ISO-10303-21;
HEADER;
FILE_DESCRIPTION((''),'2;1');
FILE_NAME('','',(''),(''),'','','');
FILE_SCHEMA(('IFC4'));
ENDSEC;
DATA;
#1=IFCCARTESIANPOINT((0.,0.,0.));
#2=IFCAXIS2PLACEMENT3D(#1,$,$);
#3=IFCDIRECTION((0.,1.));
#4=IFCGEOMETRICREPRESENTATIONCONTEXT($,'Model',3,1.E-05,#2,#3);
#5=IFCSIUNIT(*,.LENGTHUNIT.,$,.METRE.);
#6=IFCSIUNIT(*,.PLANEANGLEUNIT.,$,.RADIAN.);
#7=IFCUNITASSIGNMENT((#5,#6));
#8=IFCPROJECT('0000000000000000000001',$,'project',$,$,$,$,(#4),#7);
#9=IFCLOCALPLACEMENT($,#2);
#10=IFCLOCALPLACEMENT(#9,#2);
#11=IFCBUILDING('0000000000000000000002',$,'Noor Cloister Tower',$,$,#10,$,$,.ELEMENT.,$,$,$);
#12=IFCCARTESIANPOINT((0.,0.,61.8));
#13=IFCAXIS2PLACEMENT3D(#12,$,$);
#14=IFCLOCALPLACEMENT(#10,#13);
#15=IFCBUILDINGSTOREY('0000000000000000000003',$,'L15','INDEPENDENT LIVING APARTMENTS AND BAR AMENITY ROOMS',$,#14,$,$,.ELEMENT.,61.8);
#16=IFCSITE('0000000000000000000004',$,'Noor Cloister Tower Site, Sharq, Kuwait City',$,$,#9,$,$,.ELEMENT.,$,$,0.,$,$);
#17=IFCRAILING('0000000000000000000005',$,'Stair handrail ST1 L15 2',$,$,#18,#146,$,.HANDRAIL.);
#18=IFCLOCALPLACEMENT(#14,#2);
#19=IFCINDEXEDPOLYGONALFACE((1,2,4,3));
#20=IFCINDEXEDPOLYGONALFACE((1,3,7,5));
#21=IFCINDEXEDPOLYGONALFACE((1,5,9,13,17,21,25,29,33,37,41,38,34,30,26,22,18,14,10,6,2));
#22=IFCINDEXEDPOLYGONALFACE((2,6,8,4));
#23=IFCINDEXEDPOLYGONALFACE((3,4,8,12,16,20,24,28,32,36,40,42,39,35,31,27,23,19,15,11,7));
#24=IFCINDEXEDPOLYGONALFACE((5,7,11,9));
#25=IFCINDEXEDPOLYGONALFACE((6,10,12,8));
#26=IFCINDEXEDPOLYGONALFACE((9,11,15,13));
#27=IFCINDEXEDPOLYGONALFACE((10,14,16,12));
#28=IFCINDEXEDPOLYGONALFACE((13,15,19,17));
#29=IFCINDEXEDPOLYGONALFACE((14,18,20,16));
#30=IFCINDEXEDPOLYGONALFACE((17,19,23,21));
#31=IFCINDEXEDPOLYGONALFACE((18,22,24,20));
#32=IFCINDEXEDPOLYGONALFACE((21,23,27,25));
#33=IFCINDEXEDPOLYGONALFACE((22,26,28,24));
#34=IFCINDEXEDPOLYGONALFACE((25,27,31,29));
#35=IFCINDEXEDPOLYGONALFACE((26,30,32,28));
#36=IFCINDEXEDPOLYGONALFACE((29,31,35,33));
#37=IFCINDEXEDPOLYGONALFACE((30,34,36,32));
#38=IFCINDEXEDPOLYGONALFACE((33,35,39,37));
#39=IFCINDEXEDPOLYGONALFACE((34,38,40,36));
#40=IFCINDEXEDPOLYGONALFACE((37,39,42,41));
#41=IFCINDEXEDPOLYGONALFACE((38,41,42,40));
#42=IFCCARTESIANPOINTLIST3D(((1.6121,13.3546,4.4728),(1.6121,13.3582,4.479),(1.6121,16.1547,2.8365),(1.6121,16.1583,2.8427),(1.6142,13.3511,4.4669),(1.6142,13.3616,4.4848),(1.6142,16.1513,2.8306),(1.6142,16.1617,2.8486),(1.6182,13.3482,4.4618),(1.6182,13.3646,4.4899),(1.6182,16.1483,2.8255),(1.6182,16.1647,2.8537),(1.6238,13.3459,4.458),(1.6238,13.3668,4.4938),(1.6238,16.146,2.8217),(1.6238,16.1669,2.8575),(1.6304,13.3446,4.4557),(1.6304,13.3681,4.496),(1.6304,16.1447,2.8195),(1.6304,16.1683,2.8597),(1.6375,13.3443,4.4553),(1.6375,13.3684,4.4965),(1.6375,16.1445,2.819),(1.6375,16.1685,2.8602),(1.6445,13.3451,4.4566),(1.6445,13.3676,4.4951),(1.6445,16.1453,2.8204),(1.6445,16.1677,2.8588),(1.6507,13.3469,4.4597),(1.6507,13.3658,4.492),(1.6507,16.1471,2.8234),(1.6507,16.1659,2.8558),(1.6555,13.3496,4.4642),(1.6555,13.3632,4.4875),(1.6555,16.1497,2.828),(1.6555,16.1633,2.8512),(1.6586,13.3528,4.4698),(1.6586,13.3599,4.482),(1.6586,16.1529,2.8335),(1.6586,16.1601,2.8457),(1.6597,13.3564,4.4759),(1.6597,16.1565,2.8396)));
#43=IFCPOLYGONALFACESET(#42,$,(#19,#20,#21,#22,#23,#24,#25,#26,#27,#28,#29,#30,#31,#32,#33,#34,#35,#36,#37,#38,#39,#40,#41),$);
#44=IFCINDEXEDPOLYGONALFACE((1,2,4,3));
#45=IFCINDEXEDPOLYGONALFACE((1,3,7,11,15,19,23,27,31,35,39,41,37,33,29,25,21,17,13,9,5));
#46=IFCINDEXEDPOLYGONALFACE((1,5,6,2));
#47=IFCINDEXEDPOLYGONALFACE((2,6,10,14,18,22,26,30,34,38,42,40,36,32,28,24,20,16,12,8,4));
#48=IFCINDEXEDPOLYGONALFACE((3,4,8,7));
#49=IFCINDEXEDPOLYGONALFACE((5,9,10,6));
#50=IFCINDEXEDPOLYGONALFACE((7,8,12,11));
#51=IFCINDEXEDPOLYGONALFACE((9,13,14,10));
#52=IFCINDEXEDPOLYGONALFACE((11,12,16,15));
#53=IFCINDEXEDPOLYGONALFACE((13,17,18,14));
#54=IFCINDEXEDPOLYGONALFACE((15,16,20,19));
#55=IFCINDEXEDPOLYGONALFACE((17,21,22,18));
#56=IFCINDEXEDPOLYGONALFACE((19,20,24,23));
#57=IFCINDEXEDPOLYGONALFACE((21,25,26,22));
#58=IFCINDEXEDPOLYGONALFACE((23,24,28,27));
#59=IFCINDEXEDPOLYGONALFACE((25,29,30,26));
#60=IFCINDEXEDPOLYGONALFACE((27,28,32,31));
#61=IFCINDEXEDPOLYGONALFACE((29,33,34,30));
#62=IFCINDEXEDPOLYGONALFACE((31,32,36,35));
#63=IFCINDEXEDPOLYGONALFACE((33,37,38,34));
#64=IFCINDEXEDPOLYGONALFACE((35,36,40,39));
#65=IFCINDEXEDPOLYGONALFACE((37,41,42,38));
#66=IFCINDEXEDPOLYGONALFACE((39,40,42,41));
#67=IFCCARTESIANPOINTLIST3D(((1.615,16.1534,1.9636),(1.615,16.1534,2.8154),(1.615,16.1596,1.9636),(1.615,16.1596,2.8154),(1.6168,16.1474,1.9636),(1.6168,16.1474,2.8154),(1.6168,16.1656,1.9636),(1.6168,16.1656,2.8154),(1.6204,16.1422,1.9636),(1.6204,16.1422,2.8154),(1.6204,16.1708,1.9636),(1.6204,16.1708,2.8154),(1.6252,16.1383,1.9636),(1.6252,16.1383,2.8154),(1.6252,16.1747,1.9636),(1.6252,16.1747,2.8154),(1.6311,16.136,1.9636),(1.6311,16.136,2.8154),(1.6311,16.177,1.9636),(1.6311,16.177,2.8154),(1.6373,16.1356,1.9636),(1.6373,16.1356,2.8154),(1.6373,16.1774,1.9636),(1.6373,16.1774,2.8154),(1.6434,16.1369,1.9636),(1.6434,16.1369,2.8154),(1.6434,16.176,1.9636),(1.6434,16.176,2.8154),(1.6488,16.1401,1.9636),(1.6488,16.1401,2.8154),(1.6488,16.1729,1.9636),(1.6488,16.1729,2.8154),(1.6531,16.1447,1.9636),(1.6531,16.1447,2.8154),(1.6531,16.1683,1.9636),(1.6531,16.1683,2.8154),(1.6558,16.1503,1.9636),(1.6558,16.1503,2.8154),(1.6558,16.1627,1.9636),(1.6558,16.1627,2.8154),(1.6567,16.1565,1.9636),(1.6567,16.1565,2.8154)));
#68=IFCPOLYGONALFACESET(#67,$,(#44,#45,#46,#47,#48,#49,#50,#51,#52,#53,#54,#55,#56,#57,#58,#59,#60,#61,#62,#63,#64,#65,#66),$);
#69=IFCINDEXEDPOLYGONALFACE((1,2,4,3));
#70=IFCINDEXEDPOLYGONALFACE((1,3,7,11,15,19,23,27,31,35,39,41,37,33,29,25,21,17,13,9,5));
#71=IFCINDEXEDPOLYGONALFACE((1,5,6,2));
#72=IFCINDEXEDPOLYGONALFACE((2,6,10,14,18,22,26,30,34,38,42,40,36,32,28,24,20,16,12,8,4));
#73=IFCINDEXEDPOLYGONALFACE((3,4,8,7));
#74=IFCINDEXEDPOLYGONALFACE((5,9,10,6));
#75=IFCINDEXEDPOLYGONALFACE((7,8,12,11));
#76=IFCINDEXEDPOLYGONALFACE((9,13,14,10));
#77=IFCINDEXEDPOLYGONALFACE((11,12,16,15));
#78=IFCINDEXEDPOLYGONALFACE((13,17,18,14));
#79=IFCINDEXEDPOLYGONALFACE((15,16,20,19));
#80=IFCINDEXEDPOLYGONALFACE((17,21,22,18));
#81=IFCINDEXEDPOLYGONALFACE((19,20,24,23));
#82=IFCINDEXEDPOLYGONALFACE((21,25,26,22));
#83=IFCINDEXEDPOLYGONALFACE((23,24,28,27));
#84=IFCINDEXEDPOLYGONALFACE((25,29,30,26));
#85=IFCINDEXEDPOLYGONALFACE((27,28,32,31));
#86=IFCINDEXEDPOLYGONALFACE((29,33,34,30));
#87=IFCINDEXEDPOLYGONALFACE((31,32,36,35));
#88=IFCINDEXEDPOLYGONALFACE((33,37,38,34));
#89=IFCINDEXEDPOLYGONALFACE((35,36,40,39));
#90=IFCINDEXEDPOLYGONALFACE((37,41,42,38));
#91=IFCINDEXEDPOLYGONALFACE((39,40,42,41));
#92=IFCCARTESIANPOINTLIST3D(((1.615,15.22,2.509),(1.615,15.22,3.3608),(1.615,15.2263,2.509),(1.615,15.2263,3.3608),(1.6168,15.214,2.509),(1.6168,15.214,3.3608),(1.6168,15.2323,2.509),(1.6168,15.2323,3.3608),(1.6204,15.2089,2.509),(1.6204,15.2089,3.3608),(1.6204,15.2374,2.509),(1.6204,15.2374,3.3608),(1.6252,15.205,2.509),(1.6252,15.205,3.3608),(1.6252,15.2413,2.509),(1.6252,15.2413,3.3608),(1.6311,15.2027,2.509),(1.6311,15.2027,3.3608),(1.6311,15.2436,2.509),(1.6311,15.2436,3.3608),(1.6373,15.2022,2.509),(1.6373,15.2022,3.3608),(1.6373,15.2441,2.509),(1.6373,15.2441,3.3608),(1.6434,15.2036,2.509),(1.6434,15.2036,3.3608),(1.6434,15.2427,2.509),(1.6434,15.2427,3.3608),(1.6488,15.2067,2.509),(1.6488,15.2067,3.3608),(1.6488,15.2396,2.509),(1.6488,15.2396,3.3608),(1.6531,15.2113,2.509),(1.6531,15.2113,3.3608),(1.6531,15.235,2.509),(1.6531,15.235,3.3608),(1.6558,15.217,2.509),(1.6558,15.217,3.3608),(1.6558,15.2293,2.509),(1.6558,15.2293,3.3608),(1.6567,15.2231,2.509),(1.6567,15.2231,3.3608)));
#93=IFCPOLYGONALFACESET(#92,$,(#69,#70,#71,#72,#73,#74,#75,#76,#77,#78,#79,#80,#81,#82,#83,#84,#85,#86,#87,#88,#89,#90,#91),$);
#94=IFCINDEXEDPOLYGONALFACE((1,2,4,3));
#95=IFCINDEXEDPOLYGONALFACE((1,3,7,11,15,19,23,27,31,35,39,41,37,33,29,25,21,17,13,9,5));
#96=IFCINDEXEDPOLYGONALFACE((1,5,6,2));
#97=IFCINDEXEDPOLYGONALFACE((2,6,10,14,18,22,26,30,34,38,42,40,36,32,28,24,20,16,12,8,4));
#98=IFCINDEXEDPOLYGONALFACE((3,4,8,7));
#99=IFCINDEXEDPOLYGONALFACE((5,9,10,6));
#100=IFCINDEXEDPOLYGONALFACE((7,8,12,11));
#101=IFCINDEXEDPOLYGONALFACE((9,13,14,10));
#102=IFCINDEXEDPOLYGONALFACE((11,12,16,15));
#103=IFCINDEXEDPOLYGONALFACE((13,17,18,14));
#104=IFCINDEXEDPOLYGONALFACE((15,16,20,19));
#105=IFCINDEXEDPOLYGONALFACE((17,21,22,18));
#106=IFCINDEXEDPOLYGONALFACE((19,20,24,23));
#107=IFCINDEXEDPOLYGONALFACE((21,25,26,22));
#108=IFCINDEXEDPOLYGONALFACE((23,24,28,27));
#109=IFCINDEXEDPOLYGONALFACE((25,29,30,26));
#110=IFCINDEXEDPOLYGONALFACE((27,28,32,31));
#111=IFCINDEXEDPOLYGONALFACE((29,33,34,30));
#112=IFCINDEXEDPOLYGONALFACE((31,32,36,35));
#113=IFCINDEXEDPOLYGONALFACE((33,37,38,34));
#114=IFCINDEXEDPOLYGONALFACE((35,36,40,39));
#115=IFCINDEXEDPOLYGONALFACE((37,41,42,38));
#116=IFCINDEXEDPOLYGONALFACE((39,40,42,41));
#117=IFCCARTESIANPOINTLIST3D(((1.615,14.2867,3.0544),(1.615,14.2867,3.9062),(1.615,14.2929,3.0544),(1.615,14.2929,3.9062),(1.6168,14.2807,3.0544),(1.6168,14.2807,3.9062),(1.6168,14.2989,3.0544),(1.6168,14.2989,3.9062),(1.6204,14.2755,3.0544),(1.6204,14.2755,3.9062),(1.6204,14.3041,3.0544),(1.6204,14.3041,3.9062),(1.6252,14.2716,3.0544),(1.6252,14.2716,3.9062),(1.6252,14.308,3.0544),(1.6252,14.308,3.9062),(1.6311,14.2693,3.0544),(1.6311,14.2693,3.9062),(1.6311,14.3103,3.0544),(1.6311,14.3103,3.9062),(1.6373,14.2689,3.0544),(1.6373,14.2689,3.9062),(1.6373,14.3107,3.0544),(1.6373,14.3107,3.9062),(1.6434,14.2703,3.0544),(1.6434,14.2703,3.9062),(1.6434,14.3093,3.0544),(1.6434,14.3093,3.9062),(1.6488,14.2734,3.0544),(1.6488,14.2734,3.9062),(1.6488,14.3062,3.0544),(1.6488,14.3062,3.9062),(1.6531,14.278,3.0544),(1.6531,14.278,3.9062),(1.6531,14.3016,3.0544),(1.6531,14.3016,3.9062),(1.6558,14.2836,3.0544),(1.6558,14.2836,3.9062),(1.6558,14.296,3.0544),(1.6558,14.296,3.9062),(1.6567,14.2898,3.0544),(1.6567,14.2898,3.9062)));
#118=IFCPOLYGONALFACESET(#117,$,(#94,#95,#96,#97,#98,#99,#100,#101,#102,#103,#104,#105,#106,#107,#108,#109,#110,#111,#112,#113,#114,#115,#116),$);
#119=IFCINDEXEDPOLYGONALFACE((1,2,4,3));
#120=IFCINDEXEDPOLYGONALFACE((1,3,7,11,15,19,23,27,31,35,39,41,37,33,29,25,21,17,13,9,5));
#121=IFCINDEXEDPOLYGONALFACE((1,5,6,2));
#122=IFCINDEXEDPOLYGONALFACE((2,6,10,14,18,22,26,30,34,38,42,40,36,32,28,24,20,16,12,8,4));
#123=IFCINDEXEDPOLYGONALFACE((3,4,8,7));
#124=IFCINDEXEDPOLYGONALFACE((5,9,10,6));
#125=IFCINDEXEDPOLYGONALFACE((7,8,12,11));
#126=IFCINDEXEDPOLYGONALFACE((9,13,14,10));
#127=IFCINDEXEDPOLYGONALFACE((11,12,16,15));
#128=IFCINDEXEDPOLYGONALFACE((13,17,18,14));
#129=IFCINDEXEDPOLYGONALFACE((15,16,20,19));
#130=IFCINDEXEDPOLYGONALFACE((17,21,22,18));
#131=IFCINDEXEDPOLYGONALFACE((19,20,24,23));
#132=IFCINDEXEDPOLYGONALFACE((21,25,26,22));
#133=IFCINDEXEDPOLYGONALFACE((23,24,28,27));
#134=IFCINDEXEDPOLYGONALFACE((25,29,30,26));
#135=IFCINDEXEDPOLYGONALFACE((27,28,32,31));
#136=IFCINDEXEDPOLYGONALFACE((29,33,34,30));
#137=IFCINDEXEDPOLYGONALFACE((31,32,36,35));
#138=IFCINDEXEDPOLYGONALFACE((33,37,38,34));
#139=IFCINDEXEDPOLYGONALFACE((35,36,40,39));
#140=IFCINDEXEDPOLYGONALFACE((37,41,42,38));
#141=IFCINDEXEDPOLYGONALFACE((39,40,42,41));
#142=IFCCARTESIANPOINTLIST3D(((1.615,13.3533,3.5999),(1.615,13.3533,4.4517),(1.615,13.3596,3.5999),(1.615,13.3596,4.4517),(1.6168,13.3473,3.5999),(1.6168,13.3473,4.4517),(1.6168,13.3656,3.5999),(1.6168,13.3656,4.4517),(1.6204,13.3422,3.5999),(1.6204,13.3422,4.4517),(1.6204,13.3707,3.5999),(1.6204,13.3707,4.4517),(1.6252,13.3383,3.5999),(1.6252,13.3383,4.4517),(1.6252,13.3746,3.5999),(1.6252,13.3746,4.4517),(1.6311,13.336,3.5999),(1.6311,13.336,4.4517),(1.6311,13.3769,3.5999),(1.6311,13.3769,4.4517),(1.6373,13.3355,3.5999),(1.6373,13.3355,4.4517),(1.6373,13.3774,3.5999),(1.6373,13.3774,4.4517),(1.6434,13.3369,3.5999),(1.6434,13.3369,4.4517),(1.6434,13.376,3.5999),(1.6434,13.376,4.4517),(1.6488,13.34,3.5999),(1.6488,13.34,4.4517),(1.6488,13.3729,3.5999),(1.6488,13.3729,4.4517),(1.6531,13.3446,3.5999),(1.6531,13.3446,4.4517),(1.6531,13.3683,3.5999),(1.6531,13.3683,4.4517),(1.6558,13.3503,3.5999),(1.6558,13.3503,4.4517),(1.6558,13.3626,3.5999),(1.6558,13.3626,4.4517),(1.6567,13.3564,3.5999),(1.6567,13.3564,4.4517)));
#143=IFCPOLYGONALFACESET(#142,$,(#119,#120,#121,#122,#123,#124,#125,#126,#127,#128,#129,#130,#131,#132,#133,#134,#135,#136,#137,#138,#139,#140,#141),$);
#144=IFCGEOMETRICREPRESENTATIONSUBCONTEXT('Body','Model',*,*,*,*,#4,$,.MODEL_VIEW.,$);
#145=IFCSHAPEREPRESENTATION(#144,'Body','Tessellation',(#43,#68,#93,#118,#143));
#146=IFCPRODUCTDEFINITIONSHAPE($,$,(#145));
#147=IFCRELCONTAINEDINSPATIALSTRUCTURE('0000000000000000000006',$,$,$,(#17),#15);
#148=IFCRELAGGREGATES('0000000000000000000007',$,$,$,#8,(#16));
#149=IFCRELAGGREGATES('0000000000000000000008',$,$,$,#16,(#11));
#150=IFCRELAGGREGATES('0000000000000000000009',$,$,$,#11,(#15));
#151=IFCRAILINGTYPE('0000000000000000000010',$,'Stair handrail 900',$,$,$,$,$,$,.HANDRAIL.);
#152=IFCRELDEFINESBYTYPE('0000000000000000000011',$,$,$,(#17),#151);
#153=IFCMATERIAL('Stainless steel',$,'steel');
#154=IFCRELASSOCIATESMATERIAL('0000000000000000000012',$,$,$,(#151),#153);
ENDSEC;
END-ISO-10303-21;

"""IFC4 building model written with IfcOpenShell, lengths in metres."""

from ifc_helpers import new_model, si_unit, direction, frame, origin, origin_2d, place, context, subcontext, project, spatial, circle, extrude, material, type_object, element, save


model = new_model("IFC4")

# Units and contexts
model_context = context("Model", 3, precision=1e-05, world=origin(), true_north=direction((0.0, 1.0)))
body_context = subcontext(model_context, "Body", "Model", "MODEL_VIEW")
ifc_project = project(units=[si_unit("LENGTHUNIT", "METRE"), si_unit("PLANEANGLEUNIT", "RADIAN")], contexts=[model_context])

# Site, building, storey
site_placement = place(None, origin())
site = spatial("IfcSite", under=ifc_project, at=site_placement, Name="Noor Cloister Tower Site, Sharq, Kuwait City", CompositionType="ELEMENT", RefElevation=0.0)
building_placement = place(site_placement, origin())
building = spatial("IfcBuilding", under=site, at=building_placement, Name="Noor Cloister Tower", CompositionType="ELEMENT")
storey_placement = place(building_placement, frame((0.0, 0.0, 61.8)))
storey = spatial("IfcBuildingStorey", under=building, at=storey_placement, Name="L15", Description="INDEPENDENT LIVING APARTMENTS AND BAR AMENITY ROOMS", CompositionType="ELEMENT", Elevation=61.8)

# Railing
ifc_material_1 = material(Name="Stainless steel", Category="steel")
railing_type = type_object("IfcRailingType", Name="Stair handrail 900", PredefinedType="HANDRAIL", material=ifc_material_1)
railing_placement = place(storey_placement, frame((1.6357, 16.1565, 1.9636)))
element("IfcRailing", 1, at=railing_placement, inside=storey, type_object=railing_type, Name="Stair handrail ST1 L15 2", PredefinedType="HANDRAIL", context=body_context, shape_type="SweptSolid", body=[
    extrude(circle(Radius=0.0239, at=origin_2d()), frame((0.0, 0.0, 0.876), z_axis=(0.0, -0.863394, 0.504531), x_axis=(1.0, 0.0, 0.0)), (0.0, 0.0, 1.0), 3.2432),
    extrude(circle(Radius=0.021, at=origin_2d()), origin(), (0.0, 0.0, 1.0), 0.8518),
    extrude(circle(Radius=0.021, at=origin_2d()), frame((0.0, -0.9333, 0.5454)), (0.0, 0.0, 1.0), 0.8518),
    extrude(circle(Radius=0.021, at=origin_2d()), frame((0.0, -1.8667, 1.0908)), (0.0, 0.0, 1.0), 0.8518),
    extrude(circle(Radius=0.021, at=origin_2d()), frame((0.0, -2.8, 1.6362)), (0.0, 0.0, 1.0), 0.8518),
])

save(model, "model.ifc")
